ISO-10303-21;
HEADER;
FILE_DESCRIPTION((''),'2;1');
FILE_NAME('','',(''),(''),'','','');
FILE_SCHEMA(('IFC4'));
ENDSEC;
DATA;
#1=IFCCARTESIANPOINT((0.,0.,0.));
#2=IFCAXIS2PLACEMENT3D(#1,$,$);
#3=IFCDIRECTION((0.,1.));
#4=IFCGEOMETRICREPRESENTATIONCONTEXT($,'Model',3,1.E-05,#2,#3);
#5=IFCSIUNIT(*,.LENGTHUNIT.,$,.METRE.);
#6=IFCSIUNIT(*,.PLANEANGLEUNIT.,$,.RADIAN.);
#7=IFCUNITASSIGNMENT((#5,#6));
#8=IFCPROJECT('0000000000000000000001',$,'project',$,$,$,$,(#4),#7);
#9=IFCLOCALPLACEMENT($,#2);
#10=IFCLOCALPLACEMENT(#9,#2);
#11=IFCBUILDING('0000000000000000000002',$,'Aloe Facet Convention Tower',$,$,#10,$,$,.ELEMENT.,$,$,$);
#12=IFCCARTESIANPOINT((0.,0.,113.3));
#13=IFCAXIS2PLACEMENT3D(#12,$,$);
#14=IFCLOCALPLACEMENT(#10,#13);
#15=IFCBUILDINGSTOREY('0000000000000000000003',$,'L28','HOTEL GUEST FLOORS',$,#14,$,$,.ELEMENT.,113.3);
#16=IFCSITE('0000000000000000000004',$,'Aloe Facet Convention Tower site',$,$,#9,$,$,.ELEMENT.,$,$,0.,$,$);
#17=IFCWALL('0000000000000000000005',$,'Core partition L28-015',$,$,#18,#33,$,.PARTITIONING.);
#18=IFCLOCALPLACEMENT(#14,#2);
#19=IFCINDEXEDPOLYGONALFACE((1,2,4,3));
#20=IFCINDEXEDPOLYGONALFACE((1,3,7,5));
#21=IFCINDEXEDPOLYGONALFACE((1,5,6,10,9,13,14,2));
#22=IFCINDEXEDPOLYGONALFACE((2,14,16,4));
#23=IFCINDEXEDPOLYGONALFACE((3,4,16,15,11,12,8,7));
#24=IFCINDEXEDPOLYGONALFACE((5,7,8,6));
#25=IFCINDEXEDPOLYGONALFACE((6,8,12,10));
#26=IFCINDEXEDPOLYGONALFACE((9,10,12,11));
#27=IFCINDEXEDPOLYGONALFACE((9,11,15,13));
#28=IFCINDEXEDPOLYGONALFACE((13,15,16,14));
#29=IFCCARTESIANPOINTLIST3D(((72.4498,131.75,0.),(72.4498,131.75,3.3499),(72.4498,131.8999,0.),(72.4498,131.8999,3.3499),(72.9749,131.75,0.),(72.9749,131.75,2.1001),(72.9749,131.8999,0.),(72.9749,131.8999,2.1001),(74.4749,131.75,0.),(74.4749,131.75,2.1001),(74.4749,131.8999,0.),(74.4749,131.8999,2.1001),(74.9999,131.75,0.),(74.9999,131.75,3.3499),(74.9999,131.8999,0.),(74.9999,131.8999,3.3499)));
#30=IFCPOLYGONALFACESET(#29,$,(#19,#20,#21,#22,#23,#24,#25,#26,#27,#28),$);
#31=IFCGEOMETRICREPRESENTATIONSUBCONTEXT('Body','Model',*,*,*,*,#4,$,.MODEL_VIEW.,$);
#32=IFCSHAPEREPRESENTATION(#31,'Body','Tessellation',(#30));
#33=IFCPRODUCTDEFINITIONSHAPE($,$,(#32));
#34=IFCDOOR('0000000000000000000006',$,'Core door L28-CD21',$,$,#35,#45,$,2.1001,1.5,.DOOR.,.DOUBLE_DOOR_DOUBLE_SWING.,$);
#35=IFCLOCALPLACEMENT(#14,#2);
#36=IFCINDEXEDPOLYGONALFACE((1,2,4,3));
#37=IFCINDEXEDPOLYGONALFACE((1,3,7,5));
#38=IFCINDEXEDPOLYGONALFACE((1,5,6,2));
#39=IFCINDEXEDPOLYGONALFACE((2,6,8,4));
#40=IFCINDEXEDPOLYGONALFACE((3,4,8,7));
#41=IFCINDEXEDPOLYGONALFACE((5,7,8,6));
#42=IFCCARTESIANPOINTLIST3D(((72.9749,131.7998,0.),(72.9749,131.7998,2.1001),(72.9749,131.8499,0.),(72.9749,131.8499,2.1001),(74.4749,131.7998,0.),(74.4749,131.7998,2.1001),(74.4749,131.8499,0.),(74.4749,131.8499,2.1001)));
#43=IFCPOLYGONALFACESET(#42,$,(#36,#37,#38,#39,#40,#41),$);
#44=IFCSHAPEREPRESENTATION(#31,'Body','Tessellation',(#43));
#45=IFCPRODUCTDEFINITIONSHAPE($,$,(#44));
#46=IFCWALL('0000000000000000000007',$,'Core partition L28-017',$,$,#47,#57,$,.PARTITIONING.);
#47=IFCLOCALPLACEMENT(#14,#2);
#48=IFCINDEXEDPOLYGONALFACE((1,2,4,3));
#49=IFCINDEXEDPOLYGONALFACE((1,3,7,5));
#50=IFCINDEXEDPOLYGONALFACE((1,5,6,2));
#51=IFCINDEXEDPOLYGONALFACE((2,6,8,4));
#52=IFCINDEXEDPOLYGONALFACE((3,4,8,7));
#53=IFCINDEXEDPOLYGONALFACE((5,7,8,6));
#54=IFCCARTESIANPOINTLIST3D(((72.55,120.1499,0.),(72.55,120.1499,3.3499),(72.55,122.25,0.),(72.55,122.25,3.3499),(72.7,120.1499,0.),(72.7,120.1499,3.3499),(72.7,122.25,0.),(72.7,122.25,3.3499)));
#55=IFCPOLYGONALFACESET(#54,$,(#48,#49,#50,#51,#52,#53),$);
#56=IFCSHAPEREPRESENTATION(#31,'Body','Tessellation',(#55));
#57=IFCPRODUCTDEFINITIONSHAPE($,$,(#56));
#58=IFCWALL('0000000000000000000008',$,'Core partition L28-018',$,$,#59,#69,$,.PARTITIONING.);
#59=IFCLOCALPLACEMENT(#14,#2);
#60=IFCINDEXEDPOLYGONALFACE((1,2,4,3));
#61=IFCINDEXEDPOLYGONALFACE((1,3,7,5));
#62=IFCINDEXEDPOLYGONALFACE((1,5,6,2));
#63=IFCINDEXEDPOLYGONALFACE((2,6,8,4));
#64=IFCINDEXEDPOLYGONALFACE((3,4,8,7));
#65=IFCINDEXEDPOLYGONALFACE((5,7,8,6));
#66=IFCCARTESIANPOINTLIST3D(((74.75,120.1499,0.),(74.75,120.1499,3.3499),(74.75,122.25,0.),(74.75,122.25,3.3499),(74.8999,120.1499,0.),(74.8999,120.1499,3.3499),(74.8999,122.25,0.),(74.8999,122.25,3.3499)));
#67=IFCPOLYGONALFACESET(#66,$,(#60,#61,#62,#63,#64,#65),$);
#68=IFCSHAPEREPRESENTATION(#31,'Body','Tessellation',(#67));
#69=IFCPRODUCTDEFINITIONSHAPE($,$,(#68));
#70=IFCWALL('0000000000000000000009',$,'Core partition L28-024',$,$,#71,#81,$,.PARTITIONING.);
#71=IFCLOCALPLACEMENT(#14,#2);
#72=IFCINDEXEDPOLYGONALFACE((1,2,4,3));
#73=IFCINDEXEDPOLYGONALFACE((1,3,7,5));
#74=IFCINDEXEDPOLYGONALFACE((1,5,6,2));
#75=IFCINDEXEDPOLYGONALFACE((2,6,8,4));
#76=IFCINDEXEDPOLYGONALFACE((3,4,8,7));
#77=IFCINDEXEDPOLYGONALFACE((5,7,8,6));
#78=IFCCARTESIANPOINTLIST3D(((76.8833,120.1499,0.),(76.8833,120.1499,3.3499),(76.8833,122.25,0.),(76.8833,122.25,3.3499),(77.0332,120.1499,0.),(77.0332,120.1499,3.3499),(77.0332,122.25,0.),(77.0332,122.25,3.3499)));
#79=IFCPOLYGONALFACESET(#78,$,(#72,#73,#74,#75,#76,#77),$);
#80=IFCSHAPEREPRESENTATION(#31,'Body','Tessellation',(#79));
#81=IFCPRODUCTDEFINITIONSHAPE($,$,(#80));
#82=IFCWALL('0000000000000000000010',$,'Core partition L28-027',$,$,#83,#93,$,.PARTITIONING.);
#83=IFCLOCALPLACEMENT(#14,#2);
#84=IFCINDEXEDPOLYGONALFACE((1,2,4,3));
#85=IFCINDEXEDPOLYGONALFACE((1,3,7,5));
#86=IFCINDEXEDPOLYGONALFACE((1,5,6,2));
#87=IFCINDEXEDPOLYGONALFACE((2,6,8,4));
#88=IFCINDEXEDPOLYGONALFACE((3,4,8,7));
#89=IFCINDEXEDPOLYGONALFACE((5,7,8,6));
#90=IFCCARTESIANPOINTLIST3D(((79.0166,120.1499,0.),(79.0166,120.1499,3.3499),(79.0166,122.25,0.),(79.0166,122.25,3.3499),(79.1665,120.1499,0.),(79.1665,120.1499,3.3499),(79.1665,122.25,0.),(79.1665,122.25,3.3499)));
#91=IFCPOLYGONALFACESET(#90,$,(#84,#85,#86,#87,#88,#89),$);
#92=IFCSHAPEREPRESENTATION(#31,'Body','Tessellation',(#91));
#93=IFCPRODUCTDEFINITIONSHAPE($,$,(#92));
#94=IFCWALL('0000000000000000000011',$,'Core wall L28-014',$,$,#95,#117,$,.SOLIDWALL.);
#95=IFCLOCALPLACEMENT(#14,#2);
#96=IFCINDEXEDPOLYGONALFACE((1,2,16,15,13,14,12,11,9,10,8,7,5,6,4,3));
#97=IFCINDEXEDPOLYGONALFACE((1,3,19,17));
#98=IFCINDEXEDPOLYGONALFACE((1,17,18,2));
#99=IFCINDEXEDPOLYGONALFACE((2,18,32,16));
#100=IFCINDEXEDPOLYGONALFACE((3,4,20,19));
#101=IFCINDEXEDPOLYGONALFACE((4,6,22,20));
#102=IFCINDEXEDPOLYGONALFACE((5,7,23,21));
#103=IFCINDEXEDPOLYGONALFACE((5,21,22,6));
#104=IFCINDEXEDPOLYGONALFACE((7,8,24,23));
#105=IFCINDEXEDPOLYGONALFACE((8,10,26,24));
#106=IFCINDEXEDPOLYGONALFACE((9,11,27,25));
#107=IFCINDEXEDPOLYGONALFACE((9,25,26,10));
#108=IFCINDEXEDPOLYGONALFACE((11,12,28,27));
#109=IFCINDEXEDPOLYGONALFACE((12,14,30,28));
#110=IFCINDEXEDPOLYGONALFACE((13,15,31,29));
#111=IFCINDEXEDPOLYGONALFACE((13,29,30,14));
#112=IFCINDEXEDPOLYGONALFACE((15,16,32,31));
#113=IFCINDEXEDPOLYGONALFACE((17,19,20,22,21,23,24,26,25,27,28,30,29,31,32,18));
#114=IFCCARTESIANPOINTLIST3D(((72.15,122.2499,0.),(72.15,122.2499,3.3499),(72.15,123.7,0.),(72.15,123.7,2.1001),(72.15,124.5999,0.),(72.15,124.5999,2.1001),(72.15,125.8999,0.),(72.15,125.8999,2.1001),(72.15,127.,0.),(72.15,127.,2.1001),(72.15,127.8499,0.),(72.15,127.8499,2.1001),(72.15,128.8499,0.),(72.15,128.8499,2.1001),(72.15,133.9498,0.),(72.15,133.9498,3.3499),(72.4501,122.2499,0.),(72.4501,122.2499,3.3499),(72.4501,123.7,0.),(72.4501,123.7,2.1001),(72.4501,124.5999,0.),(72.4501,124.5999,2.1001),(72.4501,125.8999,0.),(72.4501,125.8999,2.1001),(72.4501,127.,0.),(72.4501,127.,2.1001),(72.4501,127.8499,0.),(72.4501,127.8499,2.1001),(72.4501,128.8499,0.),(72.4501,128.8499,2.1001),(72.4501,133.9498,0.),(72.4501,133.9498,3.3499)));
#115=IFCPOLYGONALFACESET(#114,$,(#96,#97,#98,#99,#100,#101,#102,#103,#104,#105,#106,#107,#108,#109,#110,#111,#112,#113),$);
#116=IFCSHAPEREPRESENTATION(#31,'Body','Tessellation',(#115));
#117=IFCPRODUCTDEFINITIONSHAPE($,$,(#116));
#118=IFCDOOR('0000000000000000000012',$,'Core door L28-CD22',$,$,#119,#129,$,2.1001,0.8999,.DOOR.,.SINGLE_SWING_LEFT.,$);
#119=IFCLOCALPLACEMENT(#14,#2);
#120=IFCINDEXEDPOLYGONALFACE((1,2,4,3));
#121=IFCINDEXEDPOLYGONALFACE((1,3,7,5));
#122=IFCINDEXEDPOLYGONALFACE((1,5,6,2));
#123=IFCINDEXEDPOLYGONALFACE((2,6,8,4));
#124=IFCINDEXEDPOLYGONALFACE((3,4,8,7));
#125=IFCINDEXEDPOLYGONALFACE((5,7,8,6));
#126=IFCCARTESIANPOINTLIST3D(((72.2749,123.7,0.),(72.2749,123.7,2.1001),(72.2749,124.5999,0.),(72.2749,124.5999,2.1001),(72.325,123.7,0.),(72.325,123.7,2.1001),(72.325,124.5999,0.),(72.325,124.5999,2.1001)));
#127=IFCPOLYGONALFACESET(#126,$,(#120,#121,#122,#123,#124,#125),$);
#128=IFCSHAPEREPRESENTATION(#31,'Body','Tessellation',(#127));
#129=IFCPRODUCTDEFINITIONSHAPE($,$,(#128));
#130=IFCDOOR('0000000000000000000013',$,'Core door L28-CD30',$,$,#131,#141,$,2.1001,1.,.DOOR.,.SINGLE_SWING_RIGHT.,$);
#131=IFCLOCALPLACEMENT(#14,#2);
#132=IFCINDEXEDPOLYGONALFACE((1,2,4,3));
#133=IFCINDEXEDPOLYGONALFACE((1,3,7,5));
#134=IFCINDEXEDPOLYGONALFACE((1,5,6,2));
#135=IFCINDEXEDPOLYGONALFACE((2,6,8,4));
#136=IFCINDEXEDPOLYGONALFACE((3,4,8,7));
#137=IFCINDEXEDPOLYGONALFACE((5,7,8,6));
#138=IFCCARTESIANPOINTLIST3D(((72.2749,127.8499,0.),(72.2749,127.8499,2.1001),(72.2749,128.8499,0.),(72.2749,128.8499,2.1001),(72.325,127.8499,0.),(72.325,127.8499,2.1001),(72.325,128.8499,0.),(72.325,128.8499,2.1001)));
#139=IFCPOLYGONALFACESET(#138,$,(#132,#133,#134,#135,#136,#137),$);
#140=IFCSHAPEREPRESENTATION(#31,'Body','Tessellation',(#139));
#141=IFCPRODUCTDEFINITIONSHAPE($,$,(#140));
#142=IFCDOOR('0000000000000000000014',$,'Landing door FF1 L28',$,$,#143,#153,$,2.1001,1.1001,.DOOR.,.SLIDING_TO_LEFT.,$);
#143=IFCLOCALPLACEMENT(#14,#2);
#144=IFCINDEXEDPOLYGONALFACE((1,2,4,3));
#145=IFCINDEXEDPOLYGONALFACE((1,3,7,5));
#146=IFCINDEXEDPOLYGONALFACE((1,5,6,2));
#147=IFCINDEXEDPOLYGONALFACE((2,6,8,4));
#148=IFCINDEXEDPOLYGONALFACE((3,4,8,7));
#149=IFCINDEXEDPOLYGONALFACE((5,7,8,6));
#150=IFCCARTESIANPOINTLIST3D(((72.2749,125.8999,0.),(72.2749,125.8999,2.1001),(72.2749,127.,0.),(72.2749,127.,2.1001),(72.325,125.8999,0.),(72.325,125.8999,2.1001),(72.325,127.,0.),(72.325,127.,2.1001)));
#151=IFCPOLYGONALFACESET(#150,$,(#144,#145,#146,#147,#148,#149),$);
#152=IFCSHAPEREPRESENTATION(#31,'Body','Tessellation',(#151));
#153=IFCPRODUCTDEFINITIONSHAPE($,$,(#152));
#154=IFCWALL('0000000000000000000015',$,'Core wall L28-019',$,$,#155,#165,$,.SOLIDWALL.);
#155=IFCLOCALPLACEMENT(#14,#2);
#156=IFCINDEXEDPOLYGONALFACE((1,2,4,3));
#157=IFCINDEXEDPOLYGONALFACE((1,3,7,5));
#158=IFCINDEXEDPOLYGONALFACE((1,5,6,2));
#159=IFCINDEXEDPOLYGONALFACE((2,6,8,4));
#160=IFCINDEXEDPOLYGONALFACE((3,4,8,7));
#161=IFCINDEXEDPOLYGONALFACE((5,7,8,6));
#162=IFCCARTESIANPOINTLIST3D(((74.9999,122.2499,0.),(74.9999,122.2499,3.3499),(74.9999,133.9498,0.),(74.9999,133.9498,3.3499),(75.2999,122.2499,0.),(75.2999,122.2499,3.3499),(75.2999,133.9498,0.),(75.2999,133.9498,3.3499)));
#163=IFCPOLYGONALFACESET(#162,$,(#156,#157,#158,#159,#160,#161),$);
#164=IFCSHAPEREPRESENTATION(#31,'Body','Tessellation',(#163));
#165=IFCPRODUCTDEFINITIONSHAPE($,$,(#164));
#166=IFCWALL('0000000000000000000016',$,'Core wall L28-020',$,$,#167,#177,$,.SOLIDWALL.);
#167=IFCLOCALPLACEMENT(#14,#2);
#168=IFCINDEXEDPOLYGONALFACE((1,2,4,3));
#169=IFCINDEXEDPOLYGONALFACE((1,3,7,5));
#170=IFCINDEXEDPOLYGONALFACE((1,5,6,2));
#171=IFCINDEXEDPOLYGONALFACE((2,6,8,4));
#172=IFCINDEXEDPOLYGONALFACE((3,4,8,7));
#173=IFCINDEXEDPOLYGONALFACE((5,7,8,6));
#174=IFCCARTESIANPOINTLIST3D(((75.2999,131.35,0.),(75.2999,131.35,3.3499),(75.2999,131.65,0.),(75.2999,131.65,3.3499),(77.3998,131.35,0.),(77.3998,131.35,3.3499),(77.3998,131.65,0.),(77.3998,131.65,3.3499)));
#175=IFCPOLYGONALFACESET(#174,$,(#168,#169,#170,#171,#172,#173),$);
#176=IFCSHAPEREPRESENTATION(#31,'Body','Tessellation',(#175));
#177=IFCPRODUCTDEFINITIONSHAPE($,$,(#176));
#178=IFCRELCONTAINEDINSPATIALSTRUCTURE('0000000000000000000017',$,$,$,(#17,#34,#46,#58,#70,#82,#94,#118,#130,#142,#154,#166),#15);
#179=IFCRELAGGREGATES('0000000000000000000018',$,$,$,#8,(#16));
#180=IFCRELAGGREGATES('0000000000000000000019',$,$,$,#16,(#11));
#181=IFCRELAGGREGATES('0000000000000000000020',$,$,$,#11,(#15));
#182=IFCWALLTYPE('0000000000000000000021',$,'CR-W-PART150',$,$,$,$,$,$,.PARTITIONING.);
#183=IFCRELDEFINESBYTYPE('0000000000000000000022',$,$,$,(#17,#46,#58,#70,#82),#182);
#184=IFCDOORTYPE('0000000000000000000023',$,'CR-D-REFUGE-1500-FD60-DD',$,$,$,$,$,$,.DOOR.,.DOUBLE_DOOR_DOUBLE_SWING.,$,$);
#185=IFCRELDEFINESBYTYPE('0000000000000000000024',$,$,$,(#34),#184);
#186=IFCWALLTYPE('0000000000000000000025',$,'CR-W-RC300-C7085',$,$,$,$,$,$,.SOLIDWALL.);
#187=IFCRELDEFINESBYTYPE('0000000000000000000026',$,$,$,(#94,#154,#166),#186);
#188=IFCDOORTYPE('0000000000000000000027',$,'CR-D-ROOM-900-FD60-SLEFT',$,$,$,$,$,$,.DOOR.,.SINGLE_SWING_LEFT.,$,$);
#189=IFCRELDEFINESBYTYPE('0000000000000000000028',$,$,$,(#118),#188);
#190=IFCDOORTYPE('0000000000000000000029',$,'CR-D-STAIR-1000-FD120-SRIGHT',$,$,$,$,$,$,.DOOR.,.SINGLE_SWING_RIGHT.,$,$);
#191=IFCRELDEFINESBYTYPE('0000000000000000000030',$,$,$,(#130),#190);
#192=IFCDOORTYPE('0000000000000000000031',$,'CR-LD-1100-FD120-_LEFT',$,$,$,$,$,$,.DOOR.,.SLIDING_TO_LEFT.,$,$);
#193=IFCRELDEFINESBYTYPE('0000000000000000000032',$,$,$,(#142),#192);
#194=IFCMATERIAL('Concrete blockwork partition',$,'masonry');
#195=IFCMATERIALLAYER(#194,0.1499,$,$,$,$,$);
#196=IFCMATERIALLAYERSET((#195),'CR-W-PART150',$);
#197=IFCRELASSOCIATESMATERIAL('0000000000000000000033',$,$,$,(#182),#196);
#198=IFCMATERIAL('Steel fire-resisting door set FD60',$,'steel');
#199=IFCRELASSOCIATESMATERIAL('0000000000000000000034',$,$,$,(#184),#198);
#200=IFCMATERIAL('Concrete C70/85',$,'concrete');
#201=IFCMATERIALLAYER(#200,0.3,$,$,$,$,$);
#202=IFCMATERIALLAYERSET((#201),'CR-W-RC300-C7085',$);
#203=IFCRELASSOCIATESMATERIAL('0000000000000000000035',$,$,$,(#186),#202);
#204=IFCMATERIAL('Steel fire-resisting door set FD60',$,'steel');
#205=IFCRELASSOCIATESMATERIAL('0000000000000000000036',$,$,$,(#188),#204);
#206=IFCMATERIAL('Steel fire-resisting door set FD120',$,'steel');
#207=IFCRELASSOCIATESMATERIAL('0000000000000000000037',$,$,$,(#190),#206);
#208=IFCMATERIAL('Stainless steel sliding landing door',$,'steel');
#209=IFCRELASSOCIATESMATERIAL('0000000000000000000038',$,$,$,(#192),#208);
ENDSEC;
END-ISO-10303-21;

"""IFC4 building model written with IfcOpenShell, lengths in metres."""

from ifc_helpers import new_model, si_unit, direction, frame, frame_2d, origin, place, context, subcontext, project, spatial, rectangle, extrude, material, layer, layer_set, type_object, element, fill, save


model = new_model("IFC4")

# Units and contexts
model_context = context("Model", 3, precision=1e-05, world=origin(), true_north=direction((0.0, 1.0)))
body_context = subcontext(model_context, "Body", "Model", "MODEL_VIEW")
ifc_project = project(units=[si_unit("LENGTHUNIT", "METRE"), si_unit("PLANEANGLEUNIT", "RADIAN")], contexts=[model_context])

# Site, building, storey
site_placement = place(None, origin())
site = spatial("IfcSite", under=ifc_project, at=site_placement, Name="Aloe Facet Convention Tower site", CompositionType="ELEMENT", RefElevation=0.0)
building_placement = place(site_placement, origin())
building = spatial("IfcBuilding", under=site, at=building_placement, Name="Aloe Facet Convention Tower", CompositionType="ELEMENT")
storey_placement = place(building_placement, frame((0.0, 0.0, 113.3)))
storey = spatial("IfcBuildingStorey", under=building, at=storey_placement, Name="L28", Description="HOTEL GUEST FLOORS", CompositionType="ELEMENT", Elevation=113.3)

# Wall, opening, door
ifc_material_1 = material(Name="Concrete blockwork partition", Category="masonry")
ifc_layer_1 = layer(ifc_material_1, 0.1499)
ifc_layer_set_1 = layer_set([ifc_layer_1], Name="CR-W-PART150")
wall_type_1 = type_object("IfcWallType", Name="CR-W-PART150", PredefinedType="PARTITIONING", material=ifc_layer_set_1)
wall_1_placement = place(storey_placement, frame((72.45, 131.825, 0.0), z_axis=(0.0, 0.0, 1.0), x_axis=(1.0, 0.0, 0.0)))
wall_1 = element("IfcWall", 1, at=wall_1_placement, inside=storey, type_object=wall_type_1, Name="Core partition L28-015", PredefinedType="PARTITIONING", context=body_context, shape_type="SweptSolid", body=[
    extrude(rectangle(XDim=2.55, YDim=0.1499, at=frame_2d((1.2749, 0.0))), origin(), (0.0, 0.0, 1.0), 3.3499),
])
opening_1_placement = place(wall_1_placement, frame((0.5249, 0.0, 0.0)))
opening_1 = element("IfcOpeningElement", 2, at=opening_1_placement, cuts=wall_1, PredefinedType="OPENING", context=body_context, shape_type="SweptSolid", body=[
    extrude(rectangle(XDim=1.5, YDim=2.1001, at=frame_2d((0.75, 1.05))), frame((0.0, 0.085, 0.0), z_axis=(0.0, -1.0, 0.0), x_axis=(1.0, 0.0, 0.0)), (0.0, 0.0, 1.0), 0.1699),
])
ifc_material_2 = material(Name="Steel fire-resisting door set FD60", Category="steel")
door_type_1 = type_object("IfcDoorType", Name="CR-D-REFUGE-1500-FD60-DD", OperationType="DOUBLE_DOOR_DOUBLE_SWING", PredefinedType="DOOR", material=ifc_material_2)
door_1_placement = place(opening_1_placement, origin())
door_1 = element("IfcDoor", 3, at=door_1_placement, inside=storey, type_object=door_type_1, Name="Core door L28-CD21", OperationType="DOUBLE_DOOR_DOUBLE_SWING", OverallHeight=2.1001, OverallWidth=1.5, PredefinedType="DOOR", context=body_context, shape_type="SweptSolid", body=[
    extrude(rectangle(XDim=1.5, YDim=2.1001, at=frame_2d((0.75, 1.05))), frame((0.0, 0.0249, 0.0), z_axis=(0.0, -1.0, 0.0), x_axis=(1.0, 0.0, 0.0)), (0.0, 0.0, 1.0), 0.05),
])
fill(opening_1, door_1)

# Walls
for number, where, z_axis, x_axis, name in (
    (4, (72.625, 122.25, 0.0), (0.0, 0.0, 1.0), (0.0, -1.0, 0.0), "Core partition L28-017"),
    (5, (74.825, 122.25, 0.0), (0.0, 0.0, 1.0), (0.0, -1.0, 0.0), "Core partition L28-018"),
    (6, (76.9583, 122.25, 0.0), (0.0, 0.0, 1.0), (0.0, -1.0, 0.0), "Core partition L28-024"),
    (7, (79.0916, 122.25, 0.0), (0.0, 0.0, 1.0), (0.0, -1.0, 0.0), "Core partition L28-027"),
):
    element("IfcWall", number, at=place(storey_placement, frame(where, z_axis=z_axis, x_axis=x_axis)), inside=storey, type_object=wall_type_1, Name=name, PredefinedType="PARTITIONING", context=body_context, shape_type="SweptSolid", body=[
        extrude(rectangle(XDim=2.1001, YDim=0.1499, at=frame_2d((1.05, 0.0))), origin(), (0.0, 0.0, 1.0), 3.3499),
    ])

# Wall, openings, doors
ifc_material_3 = material(Name="Concrete C70/85", Category="concrete")
ifc_layer_2 = layer(ifc_material_3, 0.3)
ifc_layer_set_2 = layer_set([ifc_layer_2], Name="CR-W-RC300-C7085")
wall_type_2 = type_object("IfcWallType", Name="CR-W-RC300-C7085", PredefinedType="SOLIDWALL", material=ifc_layer_set_2)
wall_2_placement = place(storey_placement, frame((72.3, 133.95, 0.0), z_axis=(0.0, 0.0, 1.0), x_axis=(0.0, -1.0, 0.0)))
wall_2 = element("IfcWall", 8, at=wall_2_placement, inside=storey, type_object=wall_type_2, Name="Core wall L28-014", PredefinedType="SOLIDWALL", context=body_context, shape_type="SweptSolid", body=[
    extrude(rectangle(XDim=11.7, YDim=0.3, at=frame_2d((5.8501, 0.0))), origin(), (0.0, 0.0, 1.0), 3.3499),
])
opening_2_placement = place(wall_2_placement, frame((6.95, 0.0, 0.0)))
opening_2 = element("IfcOpeningElement", 9, at=opening_2_placement, cuts=wall_2, PredefinedType="OPENING", context=body_context, shape_type="SweptSolid", body=[
    extrude(rectangle(XDim=1.1001, YDim=2.1001, at=frame_2d((0.55, 1.05))), frame((0.0, 0.1602, 0.0), z_axis=(0.0, -1.0, 0.0), x_axis=(1.0, 0.0, 0.0)), (0.0, 0.0, 1.0), 0.3201),
])
opening_3_placement = place(wall_2_placement, frame((9.3501, 0.0, 0.0)))
opening_3 = element("IfcOpeningElement", 10, at=opening_3_placement, cuts=wall_2, PredefinedType="OPENING", context=body_context, shape_type="SweptSolid", body=[
    extrude(rectangle(XDim=0.8999, YDim=2.1001, at=frame_2d((0.45, 1.05))), frame((0.0, 0.1602, 0.0), z_axis=(0.0, -1.0, 0.0), x_axis=(1.0, 0.0, 0.0)), (0.0, 0.0, 1.0), 0.3201),
])
opening_4_placement = place(wall_2_placement, frame((5.1001, 0.0, 0.0)))
opening_4 = element("IfcOpeningElement", 11, at=opening_4_placement, cuts=wall_2, PredefinedType="OPENING", context=body_context, shape_type="SweptSolid", body=[
    extrude(rectangle(XDim=1.0, YDim=2.1001, at=frame_2d((0.5, 1.05))), frame((0.0, 0.1602, 0.0), z_axis=(0.0, -1.0, 0.0), x_axis=(1.0, 0.0, 0.0)), (0.0, 0.0, 1.0), 0.3201),
])
ifc_material_4 = material(Name="Steel fire-resisting door set FD60", Category="steel")
door_type_2 = type_object("IfcDoorType", Name="CR-D-ROOM-900-FD60-SLEFT", OperationType="SINGLE_SWING_LEFT", PredefinedType="DOOR", material=ifc_material_4)
door_2_placement = place(opening_3_placement, origin())
door_2 = element("IfcDoor", 12, at=door_2_placement, inside=storey, type_object=door_type_2, Name="Core door L28-CD22", OperationType="SINGLE_SWING_LEFT", OverallHeight=2.1001, OverallWidth=0.8999, PredefinedType="DOOR", context=body_context, shape_type="SweptSolid", body=[
    extrude(rectangle(XDim=0.8999, YDim=2.1001, at=frame_2d((0.45, 1.05))), frame((0.0, 0.0249, 0.0), z_axis=(0.0, -1.0, 0.0), x_axis=(1.0, 0.0, 0.0)), (0.0, 0.0, 1.0), 0.05),
])
fill(opening_3, door_2)
ifc_material_5 = material(Name="Steel fire-resisting door set FD120", Category="steel")
door_type_3 = type_object("IfcDoorType", Name="CR-D-STAIR-1000-FD120-SRIGHT", OperationType="SINGLE_SWING_RIGHT", PredefinedType="DOOR", material=ifc_material_5)
door_3_placement = place(opening_4_placement, origin())
door_3 = element("IfcDoor", 13, at=door_3_placement, inside=storey, type_object=door_type_3, Name="Core door L28-CD30", OperationType="SINGLE_SWING_RIGHT", OverallHeight=2.1001, OverallWidth=1.0, PredefinedType="DOOR", context=body_context, shape_type="SweptSolid", body=[
    extrude(rectangle(XDim=1.0, YDim=2.1001, at=frame_2d((0.5, 1.05))), frame((0.0, 0.0249, 0.0), z_axis=(0.0, -1.0, 0.0), x_axis=(1.0, 0.0, 0.0)), (0.0, 0.0, 1.0), 0.05),
])
fill(opening_4, door_3)
ifc_material_6 = material(Name="Stainless steel sliding landing door", Category="steel")
door_type_4 = type_object("IfcDoorType", Name="CR-LD-1100-FD120-_LEFT", OperationType="SLIDING_TO_LEFT", PredefinedType="DOOR", material=ifc_material_6)
door_4_placement = place(opening_2_placement, origin())
door_4 = element("IfcDoor", 14, at=door_4_placement, inside=storey, type_object=door_type_4, Name="Landing door FF1 L28", OperationType="SLIDING_TO_LEFT", OverallHeight=2.1001, OverallWidth=1.1001, PredefinedType="DOOR", context=body_context, shape_type="SweptSolid", body=[
    extrude(rectangle(XDim=1.1001, YDim=2.1001, at=frame_2d((0.55, 1.05))), frame((0.0, 0.0249, 0.0), z_axis=(0.0, -1.0, 0.0), x_axis=(1.0, 0.0, 0.0)), (0.0, 0.0, 1.0), 0.05),
])
fill(opening_2, door_4)

# Walls
wall_3_placement = place(storey_placement, frame((75.1499, 133.95, 0.0), z_axis=(0.0, 0.0, 1.0), x_axis=(0.0, -1.0, 0.0)))
element("IfcWall", 15, at=wall_3_placement, inside=storey, type_object=wall_type_2, Name="Core wall L28-019", PredefinedType="SOLIDWALL", context=body_context, shape_type="SweptSolid", body=[
    extrude(rectangle(XDim=11.7, YDim=0.3, at=frame_2d((5.8501, 0.0))), origin(), (0.0, 0.0, 1.0), 3.3499),
])
for number, where, z_axis, x_axis, name in (
    (16, (75.3, 131.5, 0.0), (0.0, 0.0, 1.0), (1.0, 0.0, 0.0), "Core wall L28-020"),
):
    element("IfcWall", number, at=place(storey_placement, frame(where, z_axis=z_axis, x_axis=x_axis)), inside=storey, type_object=wall_type_2, Name=name, PredefinedType="SOLIDWALL", context=body_context, shape_type="SweptSolid", body=[
        extrude(rectangle(XDim=2.0999, YDim=0.3, at=frame_2d((1.0498, 0.0))), origin(), (0.0, 0.0, 1.0), 3.3499),
    ])

save(model, "model.ifc")
